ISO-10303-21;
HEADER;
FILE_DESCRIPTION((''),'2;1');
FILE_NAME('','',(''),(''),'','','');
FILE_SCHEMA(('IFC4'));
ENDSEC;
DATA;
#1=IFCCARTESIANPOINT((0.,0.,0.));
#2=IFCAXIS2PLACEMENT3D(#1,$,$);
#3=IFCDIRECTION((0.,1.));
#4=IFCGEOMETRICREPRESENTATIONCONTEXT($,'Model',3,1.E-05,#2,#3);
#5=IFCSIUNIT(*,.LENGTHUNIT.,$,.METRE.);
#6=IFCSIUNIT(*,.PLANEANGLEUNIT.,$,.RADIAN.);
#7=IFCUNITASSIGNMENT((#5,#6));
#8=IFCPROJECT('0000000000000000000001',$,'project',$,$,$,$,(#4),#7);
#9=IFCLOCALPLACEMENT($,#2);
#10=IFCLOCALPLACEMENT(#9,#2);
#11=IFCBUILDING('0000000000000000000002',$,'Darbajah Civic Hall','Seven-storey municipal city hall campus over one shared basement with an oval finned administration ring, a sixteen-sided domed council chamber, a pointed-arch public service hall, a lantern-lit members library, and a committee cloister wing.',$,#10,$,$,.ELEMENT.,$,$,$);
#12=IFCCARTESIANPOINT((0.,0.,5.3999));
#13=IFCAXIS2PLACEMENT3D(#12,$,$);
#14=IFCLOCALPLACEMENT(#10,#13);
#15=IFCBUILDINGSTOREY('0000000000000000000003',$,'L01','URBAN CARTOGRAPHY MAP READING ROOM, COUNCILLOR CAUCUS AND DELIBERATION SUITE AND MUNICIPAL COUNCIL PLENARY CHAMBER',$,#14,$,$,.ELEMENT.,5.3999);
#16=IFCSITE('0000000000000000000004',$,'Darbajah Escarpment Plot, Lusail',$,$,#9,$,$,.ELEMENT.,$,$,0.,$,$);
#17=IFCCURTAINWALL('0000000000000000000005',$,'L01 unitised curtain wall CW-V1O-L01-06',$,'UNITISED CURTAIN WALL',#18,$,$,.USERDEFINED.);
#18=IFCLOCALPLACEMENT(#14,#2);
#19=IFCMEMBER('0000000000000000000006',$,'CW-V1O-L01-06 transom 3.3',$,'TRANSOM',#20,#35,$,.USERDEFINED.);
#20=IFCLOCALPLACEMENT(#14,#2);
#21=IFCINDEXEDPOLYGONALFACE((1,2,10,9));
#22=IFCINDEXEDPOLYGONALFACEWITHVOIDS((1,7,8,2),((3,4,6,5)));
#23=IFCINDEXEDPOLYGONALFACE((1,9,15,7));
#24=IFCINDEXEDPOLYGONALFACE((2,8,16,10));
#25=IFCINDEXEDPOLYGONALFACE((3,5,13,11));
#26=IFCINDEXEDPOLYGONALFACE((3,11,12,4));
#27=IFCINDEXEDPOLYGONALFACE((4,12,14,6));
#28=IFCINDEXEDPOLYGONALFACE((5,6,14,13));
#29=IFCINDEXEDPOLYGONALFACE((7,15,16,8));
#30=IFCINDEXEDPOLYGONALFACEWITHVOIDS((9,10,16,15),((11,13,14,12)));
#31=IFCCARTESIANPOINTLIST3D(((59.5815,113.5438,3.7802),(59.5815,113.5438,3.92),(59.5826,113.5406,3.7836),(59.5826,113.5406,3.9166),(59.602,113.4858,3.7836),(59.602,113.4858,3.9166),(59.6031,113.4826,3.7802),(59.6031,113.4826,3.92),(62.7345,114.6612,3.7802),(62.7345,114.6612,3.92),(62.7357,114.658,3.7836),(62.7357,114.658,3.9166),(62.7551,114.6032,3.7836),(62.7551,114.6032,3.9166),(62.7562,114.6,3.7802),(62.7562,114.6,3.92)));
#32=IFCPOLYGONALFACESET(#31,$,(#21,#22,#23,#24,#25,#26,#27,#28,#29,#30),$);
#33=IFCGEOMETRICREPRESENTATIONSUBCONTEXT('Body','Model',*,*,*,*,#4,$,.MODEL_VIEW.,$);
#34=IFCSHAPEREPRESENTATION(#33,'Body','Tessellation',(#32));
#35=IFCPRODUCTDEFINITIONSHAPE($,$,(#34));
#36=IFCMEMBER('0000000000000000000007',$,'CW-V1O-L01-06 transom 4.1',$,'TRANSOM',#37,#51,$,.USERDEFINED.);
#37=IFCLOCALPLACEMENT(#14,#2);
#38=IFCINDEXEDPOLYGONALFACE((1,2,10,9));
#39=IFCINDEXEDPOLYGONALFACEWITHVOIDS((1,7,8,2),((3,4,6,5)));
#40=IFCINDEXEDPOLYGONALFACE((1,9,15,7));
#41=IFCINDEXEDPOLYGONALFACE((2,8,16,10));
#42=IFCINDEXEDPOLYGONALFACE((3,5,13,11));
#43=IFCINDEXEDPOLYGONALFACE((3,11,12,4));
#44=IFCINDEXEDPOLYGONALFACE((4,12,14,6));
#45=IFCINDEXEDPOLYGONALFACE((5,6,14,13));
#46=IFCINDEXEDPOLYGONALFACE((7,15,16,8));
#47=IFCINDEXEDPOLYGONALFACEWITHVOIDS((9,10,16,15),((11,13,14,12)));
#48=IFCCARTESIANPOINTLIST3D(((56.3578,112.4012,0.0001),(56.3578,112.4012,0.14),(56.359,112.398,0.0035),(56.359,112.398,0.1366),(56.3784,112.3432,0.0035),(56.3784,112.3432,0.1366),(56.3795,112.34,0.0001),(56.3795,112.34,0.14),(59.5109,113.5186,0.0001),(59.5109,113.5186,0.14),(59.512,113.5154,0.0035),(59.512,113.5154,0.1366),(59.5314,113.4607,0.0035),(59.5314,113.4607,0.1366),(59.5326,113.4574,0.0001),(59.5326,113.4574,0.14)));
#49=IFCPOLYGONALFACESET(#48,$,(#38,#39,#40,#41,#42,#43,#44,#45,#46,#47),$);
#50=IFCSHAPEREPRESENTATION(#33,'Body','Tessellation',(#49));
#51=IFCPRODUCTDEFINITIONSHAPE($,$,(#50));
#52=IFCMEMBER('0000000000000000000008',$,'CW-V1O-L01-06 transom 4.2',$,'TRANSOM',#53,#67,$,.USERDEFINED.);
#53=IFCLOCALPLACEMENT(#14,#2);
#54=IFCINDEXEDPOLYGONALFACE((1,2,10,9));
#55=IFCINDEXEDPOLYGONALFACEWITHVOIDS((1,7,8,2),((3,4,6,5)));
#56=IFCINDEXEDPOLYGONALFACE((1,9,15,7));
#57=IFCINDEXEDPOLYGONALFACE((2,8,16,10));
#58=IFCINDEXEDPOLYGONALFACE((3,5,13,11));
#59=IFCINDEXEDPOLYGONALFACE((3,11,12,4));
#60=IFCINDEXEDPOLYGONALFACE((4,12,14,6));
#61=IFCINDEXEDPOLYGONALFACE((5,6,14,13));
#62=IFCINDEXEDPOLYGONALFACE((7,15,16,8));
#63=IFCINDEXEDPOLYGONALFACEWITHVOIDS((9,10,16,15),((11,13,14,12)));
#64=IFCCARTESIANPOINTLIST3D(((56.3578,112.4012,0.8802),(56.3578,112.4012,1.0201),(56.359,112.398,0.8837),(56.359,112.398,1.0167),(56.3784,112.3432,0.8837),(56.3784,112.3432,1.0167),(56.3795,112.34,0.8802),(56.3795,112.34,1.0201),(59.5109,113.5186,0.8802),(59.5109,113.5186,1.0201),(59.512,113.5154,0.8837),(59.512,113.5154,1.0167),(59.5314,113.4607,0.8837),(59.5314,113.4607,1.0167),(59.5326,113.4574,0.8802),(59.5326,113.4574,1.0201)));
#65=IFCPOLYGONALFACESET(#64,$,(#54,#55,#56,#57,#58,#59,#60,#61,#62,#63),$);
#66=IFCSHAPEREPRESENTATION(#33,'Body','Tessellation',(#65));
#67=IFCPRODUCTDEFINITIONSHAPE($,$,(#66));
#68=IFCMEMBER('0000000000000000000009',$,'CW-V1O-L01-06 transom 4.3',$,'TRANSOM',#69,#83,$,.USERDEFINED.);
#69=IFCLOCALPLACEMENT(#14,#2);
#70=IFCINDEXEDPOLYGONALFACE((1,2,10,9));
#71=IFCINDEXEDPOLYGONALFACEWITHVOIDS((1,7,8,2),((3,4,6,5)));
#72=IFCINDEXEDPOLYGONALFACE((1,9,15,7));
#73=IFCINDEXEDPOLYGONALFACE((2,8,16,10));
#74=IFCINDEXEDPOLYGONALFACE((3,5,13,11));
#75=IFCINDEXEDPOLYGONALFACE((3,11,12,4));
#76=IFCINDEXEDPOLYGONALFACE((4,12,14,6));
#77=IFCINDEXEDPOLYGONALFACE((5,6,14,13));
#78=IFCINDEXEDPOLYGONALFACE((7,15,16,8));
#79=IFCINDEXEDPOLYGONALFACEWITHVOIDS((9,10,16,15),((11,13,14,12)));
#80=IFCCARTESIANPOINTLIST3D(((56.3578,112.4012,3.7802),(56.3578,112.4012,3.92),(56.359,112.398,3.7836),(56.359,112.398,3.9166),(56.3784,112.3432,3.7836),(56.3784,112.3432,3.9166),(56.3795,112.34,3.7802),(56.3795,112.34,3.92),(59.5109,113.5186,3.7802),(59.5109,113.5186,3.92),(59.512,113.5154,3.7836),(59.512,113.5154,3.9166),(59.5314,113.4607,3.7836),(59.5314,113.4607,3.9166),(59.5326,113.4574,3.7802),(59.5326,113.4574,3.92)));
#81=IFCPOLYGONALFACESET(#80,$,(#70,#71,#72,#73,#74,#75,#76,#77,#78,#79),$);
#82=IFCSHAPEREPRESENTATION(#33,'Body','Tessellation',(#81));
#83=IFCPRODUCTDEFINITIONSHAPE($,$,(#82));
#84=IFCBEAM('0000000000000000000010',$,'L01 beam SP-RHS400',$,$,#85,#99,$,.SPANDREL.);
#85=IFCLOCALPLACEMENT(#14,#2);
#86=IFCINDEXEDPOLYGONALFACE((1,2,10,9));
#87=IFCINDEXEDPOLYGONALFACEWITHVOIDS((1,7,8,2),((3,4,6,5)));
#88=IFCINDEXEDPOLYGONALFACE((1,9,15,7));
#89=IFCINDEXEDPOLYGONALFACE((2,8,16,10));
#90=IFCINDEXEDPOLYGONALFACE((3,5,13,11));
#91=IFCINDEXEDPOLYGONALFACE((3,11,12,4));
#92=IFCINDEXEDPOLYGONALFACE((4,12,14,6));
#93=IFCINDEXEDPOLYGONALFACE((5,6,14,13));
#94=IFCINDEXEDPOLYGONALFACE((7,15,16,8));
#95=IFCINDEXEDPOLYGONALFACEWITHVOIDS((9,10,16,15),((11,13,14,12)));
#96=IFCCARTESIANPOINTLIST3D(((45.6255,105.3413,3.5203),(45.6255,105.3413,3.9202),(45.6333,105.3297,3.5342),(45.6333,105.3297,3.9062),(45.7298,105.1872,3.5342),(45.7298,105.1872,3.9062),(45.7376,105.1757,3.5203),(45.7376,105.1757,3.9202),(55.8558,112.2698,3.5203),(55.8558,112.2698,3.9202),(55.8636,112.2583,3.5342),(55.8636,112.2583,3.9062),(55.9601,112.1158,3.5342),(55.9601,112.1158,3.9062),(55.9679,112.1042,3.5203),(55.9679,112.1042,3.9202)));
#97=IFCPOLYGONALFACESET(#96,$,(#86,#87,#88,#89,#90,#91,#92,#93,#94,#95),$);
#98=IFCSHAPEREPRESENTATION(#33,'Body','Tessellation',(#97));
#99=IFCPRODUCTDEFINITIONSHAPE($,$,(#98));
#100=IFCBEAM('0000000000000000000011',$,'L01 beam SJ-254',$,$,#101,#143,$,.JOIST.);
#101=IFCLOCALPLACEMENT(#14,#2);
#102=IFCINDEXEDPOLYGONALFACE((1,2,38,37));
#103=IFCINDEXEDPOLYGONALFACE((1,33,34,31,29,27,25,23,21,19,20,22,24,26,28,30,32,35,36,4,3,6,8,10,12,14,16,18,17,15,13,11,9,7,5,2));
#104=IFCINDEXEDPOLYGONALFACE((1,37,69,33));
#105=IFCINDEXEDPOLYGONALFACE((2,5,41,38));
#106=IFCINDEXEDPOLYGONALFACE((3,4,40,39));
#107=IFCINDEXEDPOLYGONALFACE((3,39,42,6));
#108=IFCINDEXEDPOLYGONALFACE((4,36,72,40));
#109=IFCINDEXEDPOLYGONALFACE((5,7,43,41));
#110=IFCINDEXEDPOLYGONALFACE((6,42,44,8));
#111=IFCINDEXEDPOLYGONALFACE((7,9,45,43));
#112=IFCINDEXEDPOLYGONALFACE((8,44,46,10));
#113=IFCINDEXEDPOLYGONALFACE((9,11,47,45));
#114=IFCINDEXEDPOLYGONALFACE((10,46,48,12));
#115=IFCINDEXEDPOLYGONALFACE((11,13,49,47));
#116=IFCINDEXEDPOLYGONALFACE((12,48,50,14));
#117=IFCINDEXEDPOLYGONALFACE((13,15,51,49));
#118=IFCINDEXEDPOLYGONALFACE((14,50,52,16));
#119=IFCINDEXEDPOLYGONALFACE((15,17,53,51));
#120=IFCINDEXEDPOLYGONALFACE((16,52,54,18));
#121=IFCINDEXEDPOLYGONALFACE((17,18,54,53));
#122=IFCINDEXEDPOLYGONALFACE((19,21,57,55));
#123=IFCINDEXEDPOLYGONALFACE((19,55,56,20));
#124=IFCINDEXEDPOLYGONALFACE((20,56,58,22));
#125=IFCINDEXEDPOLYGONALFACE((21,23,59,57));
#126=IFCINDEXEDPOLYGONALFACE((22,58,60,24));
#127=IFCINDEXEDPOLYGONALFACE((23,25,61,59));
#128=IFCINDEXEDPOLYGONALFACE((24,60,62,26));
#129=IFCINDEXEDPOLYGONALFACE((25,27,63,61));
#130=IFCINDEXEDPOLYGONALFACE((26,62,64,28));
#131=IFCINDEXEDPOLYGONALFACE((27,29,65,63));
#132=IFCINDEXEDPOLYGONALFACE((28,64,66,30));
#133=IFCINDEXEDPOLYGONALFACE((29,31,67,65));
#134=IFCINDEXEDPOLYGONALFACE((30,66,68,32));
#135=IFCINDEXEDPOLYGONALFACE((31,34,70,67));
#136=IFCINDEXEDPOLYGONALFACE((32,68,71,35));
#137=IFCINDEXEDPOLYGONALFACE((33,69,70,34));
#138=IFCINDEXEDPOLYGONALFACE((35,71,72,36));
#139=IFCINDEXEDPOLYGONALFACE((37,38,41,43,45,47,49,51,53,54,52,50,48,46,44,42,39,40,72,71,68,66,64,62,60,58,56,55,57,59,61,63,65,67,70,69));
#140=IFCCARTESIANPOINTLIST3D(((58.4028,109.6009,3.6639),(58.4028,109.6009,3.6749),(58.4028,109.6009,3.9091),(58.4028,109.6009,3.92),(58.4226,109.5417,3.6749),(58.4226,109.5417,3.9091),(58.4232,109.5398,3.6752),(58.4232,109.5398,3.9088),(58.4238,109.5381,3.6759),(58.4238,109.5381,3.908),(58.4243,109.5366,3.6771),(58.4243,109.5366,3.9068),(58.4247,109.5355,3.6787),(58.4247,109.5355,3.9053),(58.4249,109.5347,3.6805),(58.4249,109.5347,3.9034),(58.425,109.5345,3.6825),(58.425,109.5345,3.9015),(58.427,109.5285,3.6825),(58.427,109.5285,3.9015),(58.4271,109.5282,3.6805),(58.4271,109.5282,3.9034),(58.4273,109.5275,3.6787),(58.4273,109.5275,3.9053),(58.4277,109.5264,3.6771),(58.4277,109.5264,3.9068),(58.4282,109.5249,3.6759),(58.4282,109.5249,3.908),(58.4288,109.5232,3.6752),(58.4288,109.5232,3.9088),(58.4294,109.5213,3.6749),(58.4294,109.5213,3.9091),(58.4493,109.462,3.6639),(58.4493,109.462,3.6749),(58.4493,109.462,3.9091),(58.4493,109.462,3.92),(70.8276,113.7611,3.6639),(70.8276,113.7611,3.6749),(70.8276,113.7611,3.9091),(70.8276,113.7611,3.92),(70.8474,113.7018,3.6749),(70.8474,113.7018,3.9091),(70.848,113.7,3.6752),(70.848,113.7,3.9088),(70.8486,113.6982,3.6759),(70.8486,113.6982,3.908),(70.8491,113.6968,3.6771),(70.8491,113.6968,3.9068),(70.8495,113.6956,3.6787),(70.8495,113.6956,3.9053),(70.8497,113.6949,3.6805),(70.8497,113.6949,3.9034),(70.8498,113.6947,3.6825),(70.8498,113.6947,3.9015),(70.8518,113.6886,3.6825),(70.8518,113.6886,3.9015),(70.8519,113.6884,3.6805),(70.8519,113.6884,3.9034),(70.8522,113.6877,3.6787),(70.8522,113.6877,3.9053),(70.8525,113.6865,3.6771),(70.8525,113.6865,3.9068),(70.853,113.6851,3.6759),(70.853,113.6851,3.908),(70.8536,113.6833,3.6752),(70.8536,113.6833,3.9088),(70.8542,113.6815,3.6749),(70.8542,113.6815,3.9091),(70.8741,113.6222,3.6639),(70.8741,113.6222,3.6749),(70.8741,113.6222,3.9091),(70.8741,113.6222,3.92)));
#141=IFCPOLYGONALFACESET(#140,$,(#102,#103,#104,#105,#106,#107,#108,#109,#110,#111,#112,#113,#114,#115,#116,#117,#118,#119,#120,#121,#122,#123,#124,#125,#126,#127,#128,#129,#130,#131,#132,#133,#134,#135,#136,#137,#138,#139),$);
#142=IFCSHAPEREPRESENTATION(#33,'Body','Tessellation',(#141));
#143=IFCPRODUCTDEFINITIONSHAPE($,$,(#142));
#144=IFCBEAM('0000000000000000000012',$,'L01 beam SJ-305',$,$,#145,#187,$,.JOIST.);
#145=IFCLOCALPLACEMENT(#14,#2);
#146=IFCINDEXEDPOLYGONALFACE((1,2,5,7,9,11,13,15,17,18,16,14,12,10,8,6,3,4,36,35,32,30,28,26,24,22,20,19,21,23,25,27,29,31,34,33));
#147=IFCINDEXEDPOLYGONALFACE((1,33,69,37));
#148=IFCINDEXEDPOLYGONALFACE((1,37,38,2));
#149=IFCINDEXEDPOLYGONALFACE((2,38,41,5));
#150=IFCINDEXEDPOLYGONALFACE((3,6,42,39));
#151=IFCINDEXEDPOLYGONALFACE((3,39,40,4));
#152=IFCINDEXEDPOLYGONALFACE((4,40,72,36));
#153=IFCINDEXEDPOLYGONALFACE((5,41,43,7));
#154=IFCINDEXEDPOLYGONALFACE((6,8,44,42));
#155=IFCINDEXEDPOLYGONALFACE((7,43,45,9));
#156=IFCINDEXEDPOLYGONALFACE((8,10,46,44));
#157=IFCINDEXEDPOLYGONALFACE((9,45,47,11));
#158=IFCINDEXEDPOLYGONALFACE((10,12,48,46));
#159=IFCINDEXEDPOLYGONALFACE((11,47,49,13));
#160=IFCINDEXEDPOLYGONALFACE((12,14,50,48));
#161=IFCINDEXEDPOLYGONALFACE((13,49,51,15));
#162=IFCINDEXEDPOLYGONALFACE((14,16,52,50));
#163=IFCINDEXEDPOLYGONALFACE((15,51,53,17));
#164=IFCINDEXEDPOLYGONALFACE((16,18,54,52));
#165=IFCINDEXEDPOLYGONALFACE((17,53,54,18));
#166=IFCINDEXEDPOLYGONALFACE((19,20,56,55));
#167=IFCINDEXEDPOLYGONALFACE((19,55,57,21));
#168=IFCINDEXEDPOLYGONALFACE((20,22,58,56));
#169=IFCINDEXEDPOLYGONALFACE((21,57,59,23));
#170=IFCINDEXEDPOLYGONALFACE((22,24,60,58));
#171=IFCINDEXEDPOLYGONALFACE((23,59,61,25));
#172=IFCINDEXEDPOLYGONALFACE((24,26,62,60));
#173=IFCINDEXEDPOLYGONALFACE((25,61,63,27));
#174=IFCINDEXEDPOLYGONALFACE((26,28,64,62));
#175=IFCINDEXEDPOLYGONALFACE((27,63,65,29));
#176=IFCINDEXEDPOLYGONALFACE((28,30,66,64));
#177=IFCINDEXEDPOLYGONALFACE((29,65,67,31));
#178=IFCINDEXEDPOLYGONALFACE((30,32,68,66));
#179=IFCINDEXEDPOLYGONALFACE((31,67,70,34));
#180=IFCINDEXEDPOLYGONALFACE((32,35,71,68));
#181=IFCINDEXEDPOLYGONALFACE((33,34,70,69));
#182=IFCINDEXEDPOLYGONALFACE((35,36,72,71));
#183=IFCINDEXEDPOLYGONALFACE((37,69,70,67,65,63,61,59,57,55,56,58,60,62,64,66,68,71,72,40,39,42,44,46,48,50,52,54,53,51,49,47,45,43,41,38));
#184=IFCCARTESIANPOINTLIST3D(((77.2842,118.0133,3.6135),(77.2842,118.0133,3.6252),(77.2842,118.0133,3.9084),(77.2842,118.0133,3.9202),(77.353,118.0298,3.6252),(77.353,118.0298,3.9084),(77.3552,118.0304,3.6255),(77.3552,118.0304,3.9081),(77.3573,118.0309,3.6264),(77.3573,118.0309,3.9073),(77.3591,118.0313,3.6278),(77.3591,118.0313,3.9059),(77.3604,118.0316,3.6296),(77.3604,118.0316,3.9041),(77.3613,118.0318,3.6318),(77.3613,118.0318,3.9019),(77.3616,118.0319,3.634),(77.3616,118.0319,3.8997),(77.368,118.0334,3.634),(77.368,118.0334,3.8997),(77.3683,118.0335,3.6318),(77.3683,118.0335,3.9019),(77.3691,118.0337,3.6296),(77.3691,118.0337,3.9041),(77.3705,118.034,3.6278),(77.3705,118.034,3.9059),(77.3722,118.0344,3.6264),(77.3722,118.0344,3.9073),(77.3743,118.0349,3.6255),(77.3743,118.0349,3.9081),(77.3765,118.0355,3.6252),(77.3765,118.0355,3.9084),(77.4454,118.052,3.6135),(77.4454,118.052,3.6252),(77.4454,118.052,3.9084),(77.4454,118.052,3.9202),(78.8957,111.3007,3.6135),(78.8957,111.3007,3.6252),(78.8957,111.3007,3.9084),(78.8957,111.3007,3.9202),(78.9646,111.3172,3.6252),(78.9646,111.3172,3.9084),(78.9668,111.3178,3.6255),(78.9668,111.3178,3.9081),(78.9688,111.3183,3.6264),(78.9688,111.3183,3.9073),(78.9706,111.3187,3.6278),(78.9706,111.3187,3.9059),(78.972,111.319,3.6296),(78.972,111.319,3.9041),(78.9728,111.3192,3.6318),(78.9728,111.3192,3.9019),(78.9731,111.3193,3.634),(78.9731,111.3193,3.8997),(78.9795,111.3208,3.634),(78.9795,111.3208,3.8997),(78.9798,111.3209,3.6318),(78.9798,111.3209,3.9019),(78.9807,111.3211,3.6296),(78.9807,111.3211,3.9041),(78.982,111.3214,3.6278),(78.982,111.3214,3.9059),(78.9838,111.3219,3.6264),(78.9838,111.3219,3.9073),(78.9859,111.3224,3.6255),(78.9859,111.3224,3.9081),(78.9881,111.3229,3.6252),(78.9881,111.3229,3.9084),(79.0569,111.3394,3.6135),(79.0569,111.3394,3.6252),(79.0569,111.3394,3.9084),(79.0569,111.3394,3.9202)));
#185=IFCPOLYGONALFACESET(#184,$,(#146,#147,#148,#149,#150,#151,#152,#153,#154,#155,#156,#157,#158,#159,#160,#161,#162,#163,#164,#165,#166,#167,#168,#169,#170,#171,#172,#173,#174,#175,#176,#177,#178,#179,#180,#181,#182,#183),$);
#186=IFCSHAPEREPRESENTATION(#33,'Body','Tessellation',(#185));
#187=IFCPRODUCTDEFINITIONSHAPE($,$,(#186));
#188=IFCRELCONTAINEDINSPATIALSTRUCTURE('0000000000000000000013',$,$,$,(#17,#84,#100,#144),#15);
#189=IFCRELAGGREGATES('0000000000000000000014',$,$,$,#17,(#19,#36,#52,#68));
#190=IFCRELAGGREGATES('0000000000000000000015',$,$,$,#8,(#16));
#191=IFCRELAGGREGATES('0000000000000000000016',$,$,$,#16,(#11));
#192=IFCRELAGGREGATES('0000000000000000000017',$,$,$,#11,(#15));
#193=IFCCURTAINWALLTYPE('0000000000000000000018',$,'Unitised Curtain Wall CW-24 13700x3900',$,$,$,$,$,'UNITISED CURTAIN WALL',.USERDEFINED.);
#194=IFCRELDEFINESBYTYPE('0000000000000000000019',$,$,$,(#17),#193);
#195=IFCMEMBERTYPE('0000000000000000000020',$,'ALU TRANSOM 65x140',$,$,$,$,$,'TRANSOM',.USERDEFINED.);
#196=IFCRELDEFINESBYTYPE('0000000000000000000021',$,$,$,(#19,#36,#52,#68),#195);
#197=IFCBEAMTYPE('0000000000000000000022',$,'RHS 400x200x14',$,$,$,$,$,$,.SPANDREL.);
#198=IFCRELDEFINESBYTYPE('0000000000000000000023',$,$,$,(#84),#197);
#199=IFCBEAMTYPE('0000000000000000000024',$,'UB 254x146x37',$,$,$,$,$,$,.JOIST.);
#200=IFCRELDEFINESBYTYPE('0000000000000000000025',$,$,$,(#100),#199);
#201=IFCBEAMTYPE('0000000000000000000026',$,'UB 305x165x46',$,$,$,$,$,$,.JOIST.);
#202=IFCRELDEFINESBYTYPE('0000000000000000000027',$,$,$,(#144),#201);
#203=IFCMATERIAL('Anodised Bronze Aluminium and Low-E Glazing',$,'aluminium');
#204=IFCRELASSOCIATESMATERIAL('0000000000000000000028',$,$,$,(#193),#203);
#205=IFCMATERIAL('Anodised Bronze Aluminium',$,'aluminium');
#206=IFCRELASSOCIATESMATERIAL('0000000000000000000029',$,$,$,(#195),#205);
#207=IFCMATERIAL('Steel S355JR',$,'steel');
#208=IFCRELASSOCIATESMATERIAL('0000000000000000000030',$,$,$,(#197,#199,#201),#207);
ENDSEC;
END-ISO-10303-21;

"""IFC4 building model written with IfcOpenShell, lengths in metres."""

from ifc_helpers import new_model, si_unit, direction, frame, origin, origin_2d, place, context, subcontext, project, spatial, hollow_rectangle, i_section, extrude, material, material_profile, profile_set, type_object, element, aggregate, save


model = new_model("IFC4")

# Units and contexts
model_context = context("Model", 3, precision=1e-05, world=origin(), true_north=direction((0.0, 1.0)))
body_context = subcontext(model_context, "Body", "Model", "MODEL_VIEW")
ifc_project = project(units=[si_unit("LENGTHUNIT", "METRE"), si_unit("PLANEANGLEUNIT", "RADIAN")], contexts=[model_context])

# Site, building, storey
site_placement = place(None, origin())
site = spatial("IfcSite", under=ifc_project, at=site_placement, Name="Darbajah Escarpment Plot, Lusail", CompositionType="ELEMENT", RefElevation=0.0)
building_placement = place(site_placement, origin())
building = spatial("IfcBuilding", under=site, at=building_placement, Name="Darbajah Civic Hall", Description="Seven-storey municipal city hall campus over one shared basement with an oval finned administration ring, a sixteen-sided domed council chamber, a pointed-arch public service hall, a lantern-lit members library, and a committee cloister wing.", CompositionType="ELEMENT")
storey_placement = place(building_placement, frame((0.0, 0.0, 5.3999)))
storey = spatial("IfcBuildingStorey", under=building, at=storey_placement, Name="L01", Description="URBAN CARTOGRAPHY MAP READING ROOM, COUNCILLOR CAUCUS AND DELIBERATION SUITE AND MUNICIPAL COUNCIL PLENARY CHAMBER", CompositionType="ELEMENT", Elevation=5.3999)

# Shared definitions
ifc_material_1 = material(Name="Anodised Bronze Aluminium and Low-E Glazing", Category="aluminium")
ifc_material_2 = material(Name="Anodised Bronze Aluminium", Category="aluminium")

# Curtain wall
curtain_wall_type_1 = type_object("IfcCurtainWallType", Name="Unitised Curtain Wall CW-24 13700x3900", ElementType="UNITISED CURTAIN WALL", PredefinedType="USERDEFINED", material=ifc_material_1)
curtain_wall_1_placement = place(storey_placement, origin())
curtain_wall_1 = element("IfcCurtainWall", 1, at=curtain_wall_1_placement, inside=storey, type_object=curtain_wall_type_1, Name="L01 unitised curtain wall CW-V1O-L01-06", ObjectType="UNITISED CURTAIN WALL", PredefinedType="USERDEFINED")

# Members
ifc_material_profile_1 = material_profile(ifc_material_2, hollow_rectangle(XDim=0.0649, YDim=0.1399, WallThickness=0.0034, at=origin_2d()), Name="ALU TRANSOM 65x140")
ifc_profile_set_1 = profile_set([ifc_material_profile_1], Name="Anodised Bronze Aluminium")
member_type_1 = type_object("IfcMemberType", Name="ALU TRANSOM 65x140", ElementType="TRANSOM", PredefinedType="USERDEFINED", material=ifc_profile_set_1)
member_1_placement = place(storey_placement, frame((62.7454, 114.6306, 3.8501), z_axis=(-0.94256, -0.334038, 0.0), x_axis=(0.334038, -0.94256, 0.0)))
member_1 = element("IfcMember", 2, at=member_1_placement, type_object=member_type_1, Name="CW-V1O-L01-06 transom 3.3", ObjectType="TRANSOM", PredefinedType="USERDEFINED", context=body_context, shape_type="SweptSolid", body=[
    extrude(hollow_rectangle(XDim=0.0649, YDim=0.1399, WallThickness=0.0034, at=origin_2d()), origin(), (0.0, 0.0, 1.0), 3.3452),
])
member_2_placement = place(storey_placement, frame((59.5217, 113.488, 0.0701), z_axis=(-0.94256, -0.334038, 0.0), x_axis=(0.334038, -0.94256, 0.0)))
member_2 = element("IfcMember", 3, at=member_2_placement, type_object=member_type_1, Name="CW-V1O-L01-06 transom 4.1", ObjectType="TRANSOM", PredefinedType="USERDEFINED", context=body_context, shape_type="SweptSolid", body=[
    extrude(hollow_rectangle(XDim=0.0649, YDim=0.1399, WallThickness=0.0034, at=origin_2d()), origin(), (0.0, 0.0, 1.0), 3.3452),
])
member_3_placement = place(storey_placement, frame((59.5217, 113.488, 0.9502), z_axis=(-0.94256, -0.334038, 0.0), x_axis=(0.334038, -0.94256, 0.0)))
member_3 = element("IfcMember", 4, at=member_3_placement, type_object=member_type_1, Name="CW-V1O-L01-06 transom 4.2", ObjectType="TRANSOM", PredefinedType="USERDEFINED", context=body_context, shape_type="SweptSolid", body=[
    extrude(hollow_rectangle(XDim=0.0649, YDim=0.1399, WallThickness=0.0034, at=origin_2d()), origin(), (0.0, 0.0, 1.0), 3.3452),
])
member_4_placement = place(storey_placement, frame((59.5217, 113.488, 3.8501), z_axis=(-0.94256, -0.334038, 0.0), x_axis=(0.334038, -0.94256, 0.0)))
member_4 = element("IfcMember", 5, at=member_4_placement, type_object=member_type_1, Name="CW-V1O-L01-06 transom 4.3", ObjectType="TRANSOM", PredefinedType="USERDEFINED", context=body_context, shape_type="SweptSolid", body=[
    extrude(hollow_rectangle(XDim=0.0649, YDim=0.1399, WallThickness=0.0034, at=origin_2d()), origin(), (0.0, 0.0, 1.0), 3.3452),
])

# Beams
ifc_material_3 = material(Name="Steel S355JR", Category="steel")
ifc_material_profile_2 = material_profile(ifc_material_3, hollow_rectangle(XDim=0.2, YDim=0.3999, WallThickness=0.0139, at=origin_2d()), Name="RHS 400x200x14")
ifc_profile_set_2 = profile_set([ifc_material_profile_2], Name="Steel S355JR")
beam_type_1 = type_object("IfcBeamType", Name="RHS 400x200x14", PredefinedType="SPANDREL", material=ifc_profile_set_2)
beam_1_placement = place(storey_placement, frame((55.9119, 112.187, 3.7202), z_axis=(-0.827982, -0.560755, 0.0), x_axis=(0.560755, -0.827982, 0.0)))
element("IfcBeam", 6, at=beam_1_placement, inside=storey, type_object=beam_type_1, Name="L01 beam SP-RHS400", PredefinedType="SPANDREL", context=body_context, shape_type="SweptSolid", body=[
    extrude(hollow_rectangle(XDim=0.2, YDim=0.3999, WallThickness=0.0139, at=origin_2d()), origin(), (0.0, 0.0, 1.0), 12.3557),
])
ifc_material_profile_3 = material_profile(ifc_material_3, i_section(OverallWidth=0.1465, OverallDepth=0.2561, WebThickness=0.0063, FlangeThickness=0.011, FilletRadius=0.0076, at=origin_2d()), Name="UB 254x146x37")
ifc_profile_set_3 = profile_set([ifc_material_profile_3], Name="Steel S355JR")
beam_type_2 = type_object("IfcBeamType", Name="UB 254x146x37", PredefinedType="JOIST", material=ifc_profile_set_3)
beam_2_placement = place(storey_placement, frame((70.8508, 113.6917, 3.792), z_axis=(-0.948258, -0.317502, 0.0), x_axis=(0.317502, -0.948258, 0.0)))
element("IfcBeam", 7, at=beam_2_placement, inside=storey, type_object=beam_type_2, Name="L01 beam SJ-254", PredefinedType="JOIST", context=body_context, shape_type="SweptSolid", body=[
    extrude(i_section(OverallWidth=0.1465, OverallDepth=0.2561, WebThickness=0.0063, FlangeThickness=0.011, FilletRadius=0.0076, at=origin_2d()), origin(), (0.0, 0.0, 1.0), 13.1028),
])
ifc_material_profile_4 = material_profile(ifc_material_3, i_section(OverallWidth=0.1658, OverallDepth=0.3066, WebThickness=0.0066, FlangeThickness=0.0117, FilletRadius=0.0088, at=origin_2d()), Name="UB 305x165x46")
ifc_profile_set_4 = profile_set([ifc_material_profile_4], Name="Steel S355JR")
beam_type_3 = type_object("IfcBeamType", Name="UB 305x165x46", PredefinedType="JOIST", material=ifc_profile_set_4)
beam_3_placement = place(storey_placement, frame((78.9763, 111.3201, 3.7668), z_axis=(-0.233447, 0.97237, 0.0), x_axis=(-0.97237, -0.233447, 0.0)))
element("IfcBeam", 8, at=beam_3_placement, inside=storey, type_object=beam_type_3, Name="L01 beam SJ-305", PredefinedType="JOIST", context=body_context, shape_type="SweptSolid", body=[
    extrude(i_section(OverallWidth=0.1658, OverallDepth=0.3066, WebThickness=0.0066, FlangeThickness=0.0117, FilletRadius=0.0088, at=origin_2d()), origin(), (0.0, 0.0, 1.0), 6.9033),
])

aggregate(curtain_wall_1, [member_1, member_2, member_3, member_4])

save(model, "model.ifc")
